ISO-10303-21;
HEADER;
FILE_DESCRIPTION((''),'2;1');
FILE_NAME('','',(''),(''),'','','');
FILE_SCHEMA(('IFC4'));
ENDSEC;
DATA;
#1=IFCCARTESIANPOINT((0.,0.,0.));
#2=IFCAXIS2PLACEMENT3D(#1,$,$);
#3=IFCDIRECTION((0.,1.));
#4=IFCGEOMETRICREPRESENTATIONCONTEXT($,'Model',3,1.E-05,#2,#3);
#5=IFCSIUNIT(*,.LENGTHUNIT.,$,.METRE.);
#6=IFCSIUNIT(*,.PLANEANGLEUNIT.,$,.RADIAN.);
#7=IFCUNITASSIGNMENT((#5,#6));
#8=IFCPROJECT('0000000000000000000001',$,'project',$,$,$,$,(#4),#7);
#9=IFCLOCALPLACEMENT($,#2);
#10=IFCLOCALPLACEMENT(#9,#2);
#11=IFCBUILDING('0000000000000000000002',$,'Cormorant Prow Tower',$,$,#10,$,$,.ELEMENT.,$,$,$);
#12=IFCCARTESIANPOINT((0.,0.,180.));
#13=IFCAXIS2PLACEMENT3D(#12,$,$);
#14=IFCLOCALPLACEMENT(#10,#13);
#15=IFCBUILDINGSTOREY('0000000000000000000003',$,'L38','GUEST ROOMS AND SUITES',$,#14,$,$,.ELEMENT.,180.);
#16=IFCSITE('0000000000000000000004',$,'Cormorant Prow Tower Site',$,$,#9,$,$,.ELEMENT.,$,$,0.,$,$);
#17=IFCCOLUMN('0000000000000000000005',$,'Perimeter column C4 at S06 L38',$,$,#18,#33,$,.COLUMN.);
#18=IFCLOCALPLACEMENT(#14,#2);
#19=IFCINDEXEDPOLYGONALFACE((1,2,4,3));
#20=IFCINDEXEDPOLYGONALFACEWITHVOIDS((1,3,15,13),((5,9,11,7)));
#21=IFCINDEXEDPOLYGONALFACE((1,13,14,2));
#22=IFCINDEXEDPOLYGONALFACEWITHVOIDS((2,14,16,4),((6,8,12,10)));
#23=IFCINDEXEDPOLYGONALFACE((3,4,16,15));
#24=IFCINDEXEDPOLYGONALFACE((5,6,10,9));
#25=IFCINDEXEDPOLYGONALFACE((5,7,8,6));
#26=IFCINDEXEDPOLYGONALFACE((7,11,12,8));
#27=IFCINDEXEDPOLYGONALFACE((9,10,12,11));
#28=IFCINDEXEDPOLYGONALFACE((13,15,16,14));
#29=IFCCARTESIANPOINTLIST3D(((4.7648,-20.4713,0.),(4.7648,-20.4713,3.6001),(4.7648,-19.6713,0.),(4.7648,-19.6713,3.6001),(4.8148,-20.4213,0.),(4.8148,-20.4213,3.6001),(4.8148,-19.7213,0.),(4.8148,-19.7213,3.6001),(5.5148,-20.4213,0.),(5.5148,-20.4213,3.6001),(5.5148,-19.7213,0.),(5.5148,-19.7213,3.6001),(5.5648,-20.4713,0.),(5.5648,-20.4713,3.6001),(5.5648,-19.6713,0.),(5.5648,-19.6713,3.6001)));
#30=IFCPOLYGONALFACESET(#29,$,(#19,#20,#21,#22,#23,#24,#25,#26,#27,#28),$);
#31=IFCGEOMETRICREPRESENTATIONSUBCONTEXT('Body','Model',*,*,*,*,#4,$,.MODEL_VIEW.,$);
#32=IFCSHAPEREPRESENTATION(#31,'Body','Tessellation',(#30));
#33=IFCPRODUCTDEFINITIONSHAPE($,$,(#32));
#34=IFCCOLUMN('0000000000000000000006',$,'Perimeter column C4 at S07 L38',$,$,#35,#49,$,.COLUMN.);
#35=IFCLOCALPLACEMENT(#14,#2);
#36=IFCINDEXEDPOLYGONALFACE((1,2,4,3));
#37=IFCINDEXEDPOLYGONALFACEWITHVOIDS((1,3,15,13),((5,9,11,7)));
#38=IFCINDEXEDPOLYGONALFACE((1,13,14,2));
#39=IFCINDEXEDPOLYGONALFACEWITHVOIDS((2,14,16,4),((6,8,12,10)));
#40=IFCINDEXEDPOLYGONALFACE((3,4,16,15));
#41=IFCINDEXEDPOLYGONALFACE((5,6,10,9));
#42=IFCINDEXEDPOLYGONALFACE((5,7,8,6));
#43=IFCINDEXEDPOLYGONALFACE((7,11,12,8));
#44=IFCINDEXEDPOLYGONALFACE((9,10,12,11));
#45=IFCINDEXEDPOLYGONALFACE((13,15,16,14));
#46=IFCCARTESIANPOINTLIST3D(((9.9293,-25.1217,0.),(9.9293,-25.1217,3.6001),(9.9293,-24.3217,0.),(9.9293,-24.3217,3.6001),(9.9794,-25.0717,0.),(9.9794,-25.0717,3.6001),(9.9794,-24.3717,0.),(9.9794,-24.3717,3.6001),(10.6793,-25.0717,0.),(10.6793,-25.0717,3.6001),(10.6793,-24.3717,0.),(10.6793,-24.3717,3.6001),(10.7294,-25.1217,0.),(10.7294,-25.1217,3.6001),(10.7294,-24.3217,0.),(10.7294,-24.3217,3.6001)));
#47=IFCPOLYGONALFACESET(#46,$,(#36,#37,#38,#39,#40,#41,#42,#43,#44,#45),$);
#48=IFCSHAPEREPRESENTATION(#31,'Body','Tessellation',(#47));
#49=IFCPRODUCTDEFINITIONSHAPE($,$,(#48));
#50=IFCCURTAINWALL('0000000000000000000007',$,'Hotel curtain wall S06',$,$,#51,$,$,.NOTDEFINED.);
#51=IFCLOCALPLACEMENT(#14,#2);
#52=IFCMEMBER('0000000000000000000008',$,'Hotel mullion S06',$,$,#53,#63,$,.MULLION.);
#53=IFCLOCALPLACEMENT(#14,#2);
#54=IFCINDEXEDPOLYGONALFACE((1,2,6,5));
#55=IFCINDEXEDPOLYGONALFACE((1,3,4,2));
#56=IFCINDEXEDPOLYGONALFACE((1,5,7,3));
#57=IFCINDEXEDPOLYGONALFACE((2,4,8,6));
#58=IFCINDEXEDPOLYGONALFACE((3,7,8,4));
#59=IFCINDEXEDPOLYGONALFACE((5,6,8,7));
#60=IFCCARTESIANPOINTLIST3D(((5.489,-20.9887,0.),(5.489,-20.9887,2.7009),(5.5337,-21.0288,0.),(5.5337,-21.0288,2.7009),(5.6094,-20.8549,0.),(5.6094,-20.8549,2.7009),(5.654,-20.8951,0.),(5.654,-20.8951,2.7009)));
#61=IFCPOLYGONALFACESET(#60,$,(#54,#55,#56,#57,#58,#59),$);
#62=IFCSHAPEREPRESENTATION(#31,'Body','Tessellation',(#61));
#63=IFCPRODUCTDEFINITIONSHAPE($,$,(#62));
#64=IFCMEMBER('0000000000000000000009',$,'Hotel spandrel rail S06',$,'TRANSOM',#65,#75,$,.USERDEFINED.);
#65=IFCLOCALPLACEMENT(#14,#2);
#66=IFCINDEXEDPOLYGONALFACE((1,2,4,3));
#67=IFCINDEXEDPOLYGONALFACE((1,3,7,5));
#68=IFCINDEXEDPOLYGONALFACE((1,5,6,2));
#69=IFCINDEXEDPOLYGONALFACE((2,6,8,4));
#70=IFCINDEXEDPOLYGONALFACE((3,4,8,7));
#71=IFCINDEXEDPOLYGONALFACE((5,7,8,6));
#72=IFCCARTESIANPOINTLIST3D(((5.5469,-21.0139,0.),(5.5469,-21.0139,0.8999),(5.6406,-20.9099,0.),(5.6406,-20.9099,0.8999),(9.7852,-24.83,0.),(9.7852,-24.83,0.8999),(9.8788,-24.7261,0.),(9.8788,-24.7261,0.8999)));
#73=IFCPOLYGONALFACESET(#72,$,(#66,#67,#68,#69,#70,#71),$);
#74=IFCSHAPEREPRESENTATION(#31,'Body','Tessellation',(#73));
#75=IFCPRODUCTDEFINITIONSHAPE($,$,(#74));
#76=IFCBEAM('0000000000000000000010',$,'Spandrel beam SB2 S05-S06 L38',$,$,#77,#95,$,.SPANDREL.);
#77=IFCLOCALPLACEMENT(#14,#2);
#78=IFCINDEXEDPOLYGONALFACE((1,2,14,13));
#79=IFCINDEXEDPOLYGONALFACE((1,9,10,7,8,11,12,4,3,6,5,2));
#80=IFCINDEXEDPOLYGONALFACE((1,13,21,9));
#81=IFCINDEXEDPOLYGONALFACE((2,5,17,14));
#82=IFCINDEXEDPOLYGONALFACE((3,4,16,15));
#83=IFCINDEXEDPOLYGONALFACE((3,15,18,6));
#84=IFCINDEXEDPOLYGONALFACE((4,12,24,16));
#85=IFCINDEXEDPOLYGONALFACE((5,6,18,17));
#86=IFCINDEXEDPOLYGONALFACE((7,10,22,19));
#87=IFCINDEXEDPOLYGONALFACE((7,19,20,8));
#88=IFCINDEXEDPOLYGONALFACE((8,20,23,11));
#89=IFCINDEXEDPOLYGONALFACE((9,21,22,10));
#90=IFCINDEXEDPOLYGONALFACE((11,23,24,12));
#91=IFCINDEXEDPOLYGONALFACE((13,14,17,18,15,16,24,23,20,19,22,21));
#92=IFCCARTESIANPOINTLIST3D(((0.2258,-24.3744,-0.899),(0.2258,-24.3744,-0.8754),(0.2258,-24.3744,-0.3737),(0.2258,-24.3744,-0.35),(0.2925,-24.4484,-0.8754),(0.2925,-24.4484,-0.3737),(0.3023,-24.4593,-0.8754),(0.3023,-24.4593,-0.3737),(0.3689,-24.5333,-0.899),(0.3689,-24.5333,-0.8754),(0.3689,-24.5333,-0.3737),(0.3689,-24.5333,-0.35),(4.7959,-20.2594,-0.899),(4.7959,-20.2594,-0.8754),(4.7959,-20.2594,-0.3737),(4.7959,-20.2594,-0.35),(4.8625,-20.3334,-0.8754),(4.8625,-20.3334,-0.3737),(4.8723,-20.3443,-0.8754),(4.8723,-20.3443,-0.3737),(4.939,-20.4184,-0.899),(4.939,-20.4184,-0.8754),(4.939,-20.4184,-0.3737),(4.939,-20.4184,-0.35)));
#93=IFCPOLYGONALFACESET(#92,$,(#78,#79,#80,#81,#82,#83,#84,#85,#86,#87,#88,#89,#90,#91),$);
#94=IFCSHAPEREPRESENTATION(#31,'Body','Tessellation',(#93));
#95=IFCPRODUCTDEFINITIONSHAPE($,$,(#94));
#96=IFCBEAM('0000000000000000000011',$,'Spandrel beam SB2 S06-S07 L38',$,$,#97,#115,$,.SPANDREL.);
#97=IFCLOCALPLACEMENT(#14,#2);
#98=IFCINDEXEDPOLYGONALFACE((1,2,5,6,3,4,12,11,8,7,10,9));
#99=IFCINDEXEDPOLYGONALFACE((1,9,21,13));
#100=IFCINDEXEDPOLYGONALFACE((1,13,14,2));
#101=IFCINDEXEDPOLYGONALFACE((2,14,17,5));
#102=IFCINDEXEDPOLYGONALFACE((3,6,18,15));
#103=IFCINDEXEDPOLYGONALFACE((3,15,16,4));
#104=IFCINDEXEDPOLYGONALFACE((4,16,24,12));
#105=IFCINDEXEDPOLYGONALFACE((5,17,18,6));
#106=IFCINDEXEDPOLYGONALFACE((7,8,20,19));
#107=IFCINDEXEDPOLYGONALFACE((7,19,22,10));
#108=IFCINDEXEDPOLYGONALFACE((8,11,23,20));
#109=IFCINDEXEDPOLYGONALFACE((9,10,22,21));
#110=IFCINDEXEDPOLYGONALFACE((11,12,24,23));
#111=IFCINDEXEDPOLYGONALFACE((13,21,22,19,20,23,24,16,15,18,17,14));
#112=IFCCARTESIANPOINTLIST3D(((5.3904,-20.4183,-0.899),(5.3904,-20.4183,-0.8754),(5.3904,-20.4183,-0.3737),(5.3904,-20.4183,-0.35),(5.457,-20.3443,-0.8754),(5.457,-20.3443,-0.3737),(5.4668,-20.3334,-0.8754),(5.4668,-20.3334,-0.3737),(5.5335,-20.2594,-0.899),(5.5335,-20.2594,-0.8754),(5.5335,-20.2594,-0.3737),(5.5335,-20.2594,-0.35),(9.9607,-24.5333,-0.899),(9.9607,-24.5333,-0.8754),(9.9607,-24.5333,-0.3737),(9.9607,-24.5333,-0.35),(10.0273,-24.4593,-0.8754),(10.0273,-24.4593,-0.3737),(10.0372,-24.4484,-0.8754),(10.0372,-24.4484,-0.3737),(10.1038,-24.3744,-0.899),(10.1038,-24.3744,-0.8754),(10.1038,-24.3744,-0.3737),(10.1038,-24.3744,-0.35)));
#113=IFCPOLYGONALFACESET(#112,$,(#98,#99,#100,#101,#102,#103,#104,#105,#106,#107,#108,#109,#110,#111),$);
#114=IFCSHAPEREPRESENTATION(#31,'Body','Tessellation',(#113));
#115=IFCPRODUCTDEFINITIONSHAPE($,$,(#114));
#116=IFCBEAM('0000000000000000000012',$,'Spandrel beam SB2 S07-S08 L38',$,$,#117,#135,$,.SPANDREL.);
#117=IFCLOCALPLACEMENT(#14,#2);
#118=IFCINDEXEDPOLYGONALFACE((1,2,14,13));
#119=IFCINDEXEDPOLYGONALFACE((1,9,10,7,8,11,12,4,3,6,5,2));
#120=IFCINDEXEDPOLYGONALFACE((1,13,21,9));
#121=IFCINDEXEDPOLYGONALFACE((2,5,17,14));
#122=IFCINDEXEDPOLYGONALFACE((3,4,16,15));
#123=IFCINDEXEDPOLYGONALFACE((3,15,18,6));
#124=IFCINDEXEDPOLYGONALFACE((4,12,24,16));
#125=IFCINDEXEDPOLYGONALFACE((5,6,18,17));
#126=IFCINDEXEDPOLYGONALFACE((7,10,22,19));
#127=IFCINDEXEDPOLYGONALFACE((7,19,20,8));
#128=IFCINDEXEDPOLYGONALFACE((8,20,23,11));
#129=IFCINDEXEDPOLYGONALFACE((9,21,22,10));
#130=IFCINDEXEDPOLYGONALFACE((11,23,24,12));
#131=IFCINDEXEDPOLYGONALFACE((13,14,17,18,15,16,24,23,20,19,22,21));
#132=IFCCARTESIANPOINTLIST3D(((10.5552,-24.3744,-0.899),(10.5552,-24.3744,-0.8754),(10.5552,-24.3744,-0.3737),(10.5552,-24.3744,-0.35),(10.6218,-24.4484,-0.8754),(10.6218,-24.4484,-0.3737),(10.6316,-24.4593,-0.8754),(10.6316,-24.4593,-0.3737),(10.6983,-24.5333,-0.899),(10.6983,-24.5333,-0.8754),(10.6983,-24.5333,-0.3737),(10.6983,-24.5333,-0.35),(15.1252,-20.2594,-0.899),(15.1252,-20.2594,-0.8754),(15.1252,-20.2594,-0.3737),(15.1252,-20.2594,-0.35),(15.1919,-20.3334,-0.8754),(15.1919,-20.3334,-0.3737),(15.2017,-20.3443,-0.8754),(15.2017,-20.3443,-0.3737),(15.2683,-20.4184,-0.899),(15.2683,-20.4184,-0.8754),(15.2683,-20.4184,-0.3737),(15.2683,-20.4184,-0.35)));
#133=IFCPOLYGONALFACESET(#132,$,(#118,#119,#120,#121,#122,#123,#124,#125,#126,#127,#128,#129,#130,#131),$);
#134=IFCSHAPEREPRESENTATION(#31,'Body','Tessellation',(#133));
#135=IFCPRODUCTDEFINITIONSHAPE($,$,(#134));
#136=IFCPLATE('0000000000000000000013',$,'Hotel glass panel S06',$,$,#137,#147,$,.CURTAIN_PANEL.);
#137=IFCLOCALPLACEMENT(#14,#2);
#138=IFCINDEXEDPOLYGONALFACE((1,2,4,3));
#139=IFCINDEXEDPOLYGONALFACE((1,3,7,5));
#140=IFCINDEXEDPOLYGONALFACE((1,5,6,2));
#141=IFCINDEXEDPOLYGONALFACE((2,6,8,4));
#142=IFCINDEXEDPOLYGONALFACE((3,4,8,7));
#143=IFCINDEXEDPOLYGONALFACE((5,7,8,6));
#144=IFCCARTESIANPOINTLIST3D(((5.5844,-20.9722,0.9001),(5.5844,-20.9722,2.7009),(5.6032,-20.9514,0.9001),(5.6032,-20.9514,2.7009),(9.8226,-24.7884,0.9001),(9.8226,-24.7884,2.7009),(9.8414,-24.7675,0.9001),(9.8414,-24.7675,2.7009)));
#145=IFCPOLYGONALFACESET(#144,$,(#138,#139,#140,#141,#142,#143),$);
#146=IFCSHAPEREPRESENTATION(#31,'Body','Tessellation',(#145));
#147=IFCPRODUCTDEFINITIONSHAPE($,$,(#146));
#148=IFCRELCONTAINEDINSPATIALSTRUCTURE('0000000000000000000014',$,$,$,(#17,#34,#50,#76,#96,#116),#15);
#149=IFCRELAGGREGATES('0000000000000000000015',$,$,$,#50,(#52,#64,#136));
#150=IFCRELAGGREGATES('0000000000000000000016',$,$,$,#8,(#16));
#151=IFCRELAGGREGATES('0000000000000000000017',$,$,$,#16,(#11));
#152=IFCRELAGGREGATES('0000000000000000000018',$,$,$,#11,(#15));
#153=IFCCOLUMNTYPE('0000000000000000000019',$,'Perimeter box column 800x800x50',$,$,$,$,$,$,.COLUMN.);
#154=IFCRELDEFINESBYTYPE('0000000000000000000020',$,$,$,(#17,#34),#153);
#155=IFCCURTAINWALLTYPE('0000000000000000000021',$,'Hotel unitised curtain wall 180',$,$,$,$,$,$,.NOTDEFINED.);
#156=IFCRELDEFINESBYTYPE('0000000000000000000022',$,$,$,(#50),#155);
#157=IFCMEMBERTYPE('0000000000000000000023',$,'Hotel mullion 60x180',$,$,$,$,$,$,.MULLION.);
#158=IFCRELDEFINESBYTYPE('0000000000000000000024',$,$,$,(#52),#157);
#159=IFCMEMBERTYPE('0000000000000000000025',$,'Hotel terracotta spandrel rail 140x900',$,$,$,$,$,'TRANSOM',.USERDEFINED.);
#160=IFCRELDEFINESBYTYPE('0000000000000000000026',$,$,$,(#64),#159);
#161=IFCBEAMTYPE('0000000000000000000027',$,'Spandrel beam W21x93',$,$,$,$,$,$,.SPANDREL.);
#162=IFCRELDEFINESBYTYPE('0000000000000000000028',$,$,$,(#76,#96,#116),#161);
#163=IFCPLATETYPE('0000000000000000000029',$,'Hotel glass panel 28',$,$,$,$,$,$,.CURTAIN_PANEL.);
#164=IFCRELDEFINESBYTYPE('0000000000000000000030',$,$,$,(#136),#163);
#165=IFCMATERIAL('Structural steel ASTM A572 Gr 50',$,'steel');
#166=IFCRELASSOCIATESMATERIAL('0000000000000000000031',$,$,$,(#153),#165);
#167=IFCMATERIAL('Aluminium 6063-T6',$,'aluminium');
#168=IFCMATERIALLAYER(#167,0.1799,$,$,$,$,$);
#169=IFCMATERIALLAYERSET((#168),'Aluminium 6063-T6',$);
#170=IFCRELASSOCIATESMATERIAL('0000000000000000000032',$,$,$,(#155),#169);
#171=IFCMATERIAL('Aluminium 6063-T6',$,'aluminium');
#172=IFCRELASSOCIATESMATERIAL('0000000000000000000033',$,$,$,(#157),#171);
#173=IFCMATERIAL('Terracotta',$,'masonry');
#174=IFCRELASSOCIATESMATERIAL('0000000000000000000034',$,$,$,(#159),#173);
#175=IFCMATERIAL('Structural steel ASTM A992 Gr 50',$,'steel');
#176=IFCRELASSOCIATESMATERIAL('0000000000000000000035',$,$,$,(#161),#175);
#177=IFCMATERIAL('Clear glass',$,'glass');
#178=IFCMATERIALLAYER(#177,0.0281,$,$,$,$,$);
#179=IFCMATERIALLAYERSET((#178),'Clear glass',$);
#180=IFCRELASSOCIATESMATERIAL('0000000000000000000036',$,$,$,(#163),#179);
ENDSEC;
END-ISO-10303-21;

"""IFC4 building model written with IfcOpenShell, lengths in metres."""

from ifc_helpers import new_model, si_unit, direction, frame, origin, origin_2d, place, context, subcontext, project, spatial, rectangle, hollow_rectangle, i_section, extrude, material, layer, layer_set, material_profile, profile_set, type_object, element, aggregate, save


model = new_model("IFC4")

# Units and contexts
model_context = context("Model", 3, precision=1e-05, world=origin(), true_north=direction((0.0, 1.0)))
body_context = subcontext(model_context, "Body", "Model", "MODEL_VIEW")
ifc_project = project(units=[si_unit("LENGTHUNIT", "METRE"), si_unit("PLANEANGLEUNIT", "RADIAN")], contexts=[model_context])

# Site, building, storey
site_placement = place(None, origin())
site = spatial("IfcSite", under=ifc_project, at=site_placement, Name="Cormorant Prow Tower Site", CompositionType="ELEMENT", RefElevation=0.0)
building_placement = place(site_placement, origin())
building = spatial("IfcBuilding", under=site, at=building_placement, Name="Cormorant Prow Tower", CompositionType="ELEMENT")
storey_placement = place(building_placement, frame((0.0, 0.0, 180.0)))
storey = spatial("IfcBuildingStorey", under=building, at=storey_placement, Name="L38", Description="GUEST ROOMS AND SUITES", CompositionType="ELEMENT", Elevation=180.0)

# Columns
ifc_material_1 = material(Name="Structural steel ASTM A572 Gr 50", Category="steel")
ifc_material_profile_1 = material_profile(ifc_material_1, hollow_rectangle(XDim=0.8, YDim=0.8, WallThickness=0.05, at=origin_2d()), Name="Box 800x800x50")
ifc_profile_set_1 = profile_set([ifc_material_profile_1], Name="Structural steel ASTM A572 Gr 50")
column_type = type_object("IfcColumnType", Name="Perimeter box column 800x800x50", PredefinedType="COLUMN", material=ifc_profile_set_1)
for number, where, z_axis, x_axis, name in (
    (1, (5.1648, -20.0713, 0.0), (0.0, 0.0, 1.0), (1.0, 0.0, 0.0), "Perimeter column C4 at S06 L38"),
    (2, (10.3293, -24.7217, 0.0), (0.0, 0.0, 1.0), (1.0, 0.0, 0.0), "Perimeter column C4 at S07 L38"),
):
    element("IfcColumn", number, at=place(storey_placement, frame(where, z_axis=z_axis, x_axis=x_axis)), inside=storey, type_object=column_type, Name=name, PredefinedType="COLUMN", context=body_context, shape_type="SweptSolid", body=[
        extrude(hollow_rectangle(XDim=0.8, YDim=0.8, WallThickness=0.05, at=origin_2d()), origin(), (0.0, 0.0, 1.0), 3.6001),
    ])

# Curtain wall, members
ifc_material_2 = material(Name="Aluminium 6063-T6", Category="aluminium")
ifc_layer_1 = layer(ifc_material_2, 0.1799)
ifc_layer_set_1 = layer_set([ifc_layer_1], Name="Aluminium 6063-T6")
curtain_wall_type = type_object("IfcCurtainWallType", Name="Hotel unitised curtain wall 180", PredefinedType="NOTDEFINED", material=ifc_layer_set_1)
curtain_wall_placement = place(storey_placement, origin())
curtain_wall = element("IfcCurtainWall", 3, at=curtain_wall_placement, inside=storey, type_object=curtain_wall_type, Name="Hotel curtain wall S06", PredefinedType="NOTDEFINED")
ifc_material_3 = material(Name="Aluminium 6063-T6", Category="aluminium")
ifc_material_profile_2 = material_profile(ifc_material_3, rectangle(XDim=0.1799, YDim=0.0601, at=origin_2d()), Name="Hotel mullion 60x180")
ifc_profile_set_2 = profile_set([ifc_material_profile_2], Name="Aluminium 6063-T6")
member_type_1 = type_object("IfcMemberType", Name="Hotel mullion 60x180", PredefinedType="MULLION", material=ifc_profile_set_2)
member_1_placement = place(storey_placement, frame((5.5715, -20.9419, 0.0), z_axis=(0.0, 0.0, 1.0), x_axis=(0.669131, 0.743145, 0.0)))
member_1 = element("IfcMember", 4, at=member_1_placement, type_object=member_type_1, Name="Hotel mullion S06", PredefinedType="MULLION", context=body_context, shape_type="SweptSolid", body=[
    extrude(rectangle(XDim=0.1799, YDim=0.0601, at=origin_2d()), origin(), (0.0, 0.0, 1.0), 2.7009),
])
ifc_material_4 = material(Name="Terracotta", Category="masonry")
ifc_material_profile_3 = material_profile(ifc_material_4, rectangle(XDim=0.1399, YDim=0.8999, at=origin_2d()), Name="Hotel terracotta spandrel rail 140x900")
ifc_profile_set_3 = profile_set([ifc_material_profile_3], Name="Terracotta")
member_type_2 = type_object("IfcMemberType", Name="Hotel terracotta spandrel rail 140x900", ElementType="TRANSOM", PredefinedType="USERDEFINED", material=ifc_profile_set_3)
member_2_placement = place(storey_placement, frame((5.5938, -20.9619, 0.45), z_axis=(0.743145, -0.66913, 0.0), x_axis=(0.66913, 0.743145, 0.0)))
member_2 = element("IfcMember", 5, at=member_2_placement, type_object=member_type_2, Name="Hotel spandrel rail S06", ObjectType="TRANSOM", PredefinedType="USERDEFINED", context=body_context, shape_type="SweptSolid", body=[
    extrude(rectangle(XDim=0.1399, YDim=0.8999, at=origin_2d()), origin(), (0.0, 0.0, 1.0), 5.7031),
])

# Beams
ifc_material_5 = material(Name="Structural steel ASTM A992 Gr 50", Category="steel")
ifc_material_profile_4 = material_profile(ifc_material_5, i_section(OverallWidth=0.2139, OverallDepth=0.5491, WebThickness=0.0146, FlangeThickness=0.0237, at=origin_2d()), Name="W21x93")
ifc_profile_set_4 = profile_set([ifc_material_profile_4], Name="Structural steel ASTM A992 Gr 50")
beam_type = type_object("IfcBeamType", Name="Spandrel beam W21x93", PredefinedType="SPANDREL", material=ifc_profile_set_4)
beam_1_placement = place(storey_placement, frame((0.2974, -24.4539, -0.6245), z_axis=(0.743138, 0.669138, 0.0), x_axis=(-0.669138, 0.743138, 0.0)))
element("IfcBeam", 6, at=beam_1_placement, inside=storey, type_object=beam_type, Name="Spandrel beam SB2 S05-S06 L38", PredefinedType="SPANDREL", context=body_context, shape_type="SweptSolid", body=[
    extrude(i_section(OverallWidth=0.2139, OverallDepth=0.5491, WebThickness=0.0146, FlangeThickness=0.0237, at=origin_2d()), origin(), (0.0, 0.0, 1.0), 6.1497),
])
beam_2_placement = place(storey_placement, frame((5.4619, -20.3389, -0.6245), z_axis=(0.743156, -0.669118, 0.0), x_axis=(0.669118, 0.743156, 0.0)))
element("IfcBeam", 7, at=beam_2_placement, inside=storey, type_object=beam_type, Name="Spandrel beam SB2 S06-S07 L38", PredefinedType="SPANDREL", context=body_context, shape_type="SweptSolid", body=[
    extrude(i_section(OverallWidth=0.2139, OverallDepth=0.5491, WebThickness=0.0146, FlangeThickness=0.0237, at=origin_2d()), origin(), (0.0, 0.0, 1.0), 6.1499),
])
beam_3_placement = place(storey_placement, frame((10.6267, -24.4539, -0.6245), z_axis=(0.743138, 0.669138, 0.0), x_axis=(-0.669138, 0.743138, 0.0)))
element("IfcBeam", 8, at=beam_3_placement, inside=storey, type_object=beam_type, Name="Spandrel beam SB2 S07-S08 L38", PredefinedType="SPANDREL", context=body_context, shape_type="SweptSolid", body=[
    extrude(i_section(OverallWidth=0.2139, OverallDepth=0.5491, WebThickness=0.0146, FlangeThickness=0.0237, at=origin_2d()), origin(), (0.0, 0.0, 1.0), 6.1497),
])

# Plate
ifc_material_6 = material(Name="Clear glass", Category="glass")
ifc_layer_2 = layer(ifc_material_6, 0.0281)
ifc_layer_set_2 = layer_set([ifc_layer_2], Name="Clear glass")
plate_type = type_object("IfcPlateType", Name="Hotel glass panel 28", PredefinedType="CURTAIN_PANEL", material=ifc_layer_set_2)
plate_placement = place(storey_placement, frame((7.7129, -22.8699, 0.9001), z_axis=(0.0, 0.0, 1.0), x_axis=(0.743145, -0.669131, 0.0)))
plate = element("IfcPlate", 9, at=plate_placement, type_object=plate_type, Name="Hotel glass panel S06", PredefinedType="CURTAIN_PANEL", context=body_context, shape_type="SweptSolid", body=[
    extrude(rectangle(XDim=5.7031, YDim=0.0281, at=origin_2d()), origin(), (0.0, 0.0, 1.0), 1.8008),
])
aggregate(curtain_wall, [member_1, member_2, plate])

save(model, "model.ifc")
